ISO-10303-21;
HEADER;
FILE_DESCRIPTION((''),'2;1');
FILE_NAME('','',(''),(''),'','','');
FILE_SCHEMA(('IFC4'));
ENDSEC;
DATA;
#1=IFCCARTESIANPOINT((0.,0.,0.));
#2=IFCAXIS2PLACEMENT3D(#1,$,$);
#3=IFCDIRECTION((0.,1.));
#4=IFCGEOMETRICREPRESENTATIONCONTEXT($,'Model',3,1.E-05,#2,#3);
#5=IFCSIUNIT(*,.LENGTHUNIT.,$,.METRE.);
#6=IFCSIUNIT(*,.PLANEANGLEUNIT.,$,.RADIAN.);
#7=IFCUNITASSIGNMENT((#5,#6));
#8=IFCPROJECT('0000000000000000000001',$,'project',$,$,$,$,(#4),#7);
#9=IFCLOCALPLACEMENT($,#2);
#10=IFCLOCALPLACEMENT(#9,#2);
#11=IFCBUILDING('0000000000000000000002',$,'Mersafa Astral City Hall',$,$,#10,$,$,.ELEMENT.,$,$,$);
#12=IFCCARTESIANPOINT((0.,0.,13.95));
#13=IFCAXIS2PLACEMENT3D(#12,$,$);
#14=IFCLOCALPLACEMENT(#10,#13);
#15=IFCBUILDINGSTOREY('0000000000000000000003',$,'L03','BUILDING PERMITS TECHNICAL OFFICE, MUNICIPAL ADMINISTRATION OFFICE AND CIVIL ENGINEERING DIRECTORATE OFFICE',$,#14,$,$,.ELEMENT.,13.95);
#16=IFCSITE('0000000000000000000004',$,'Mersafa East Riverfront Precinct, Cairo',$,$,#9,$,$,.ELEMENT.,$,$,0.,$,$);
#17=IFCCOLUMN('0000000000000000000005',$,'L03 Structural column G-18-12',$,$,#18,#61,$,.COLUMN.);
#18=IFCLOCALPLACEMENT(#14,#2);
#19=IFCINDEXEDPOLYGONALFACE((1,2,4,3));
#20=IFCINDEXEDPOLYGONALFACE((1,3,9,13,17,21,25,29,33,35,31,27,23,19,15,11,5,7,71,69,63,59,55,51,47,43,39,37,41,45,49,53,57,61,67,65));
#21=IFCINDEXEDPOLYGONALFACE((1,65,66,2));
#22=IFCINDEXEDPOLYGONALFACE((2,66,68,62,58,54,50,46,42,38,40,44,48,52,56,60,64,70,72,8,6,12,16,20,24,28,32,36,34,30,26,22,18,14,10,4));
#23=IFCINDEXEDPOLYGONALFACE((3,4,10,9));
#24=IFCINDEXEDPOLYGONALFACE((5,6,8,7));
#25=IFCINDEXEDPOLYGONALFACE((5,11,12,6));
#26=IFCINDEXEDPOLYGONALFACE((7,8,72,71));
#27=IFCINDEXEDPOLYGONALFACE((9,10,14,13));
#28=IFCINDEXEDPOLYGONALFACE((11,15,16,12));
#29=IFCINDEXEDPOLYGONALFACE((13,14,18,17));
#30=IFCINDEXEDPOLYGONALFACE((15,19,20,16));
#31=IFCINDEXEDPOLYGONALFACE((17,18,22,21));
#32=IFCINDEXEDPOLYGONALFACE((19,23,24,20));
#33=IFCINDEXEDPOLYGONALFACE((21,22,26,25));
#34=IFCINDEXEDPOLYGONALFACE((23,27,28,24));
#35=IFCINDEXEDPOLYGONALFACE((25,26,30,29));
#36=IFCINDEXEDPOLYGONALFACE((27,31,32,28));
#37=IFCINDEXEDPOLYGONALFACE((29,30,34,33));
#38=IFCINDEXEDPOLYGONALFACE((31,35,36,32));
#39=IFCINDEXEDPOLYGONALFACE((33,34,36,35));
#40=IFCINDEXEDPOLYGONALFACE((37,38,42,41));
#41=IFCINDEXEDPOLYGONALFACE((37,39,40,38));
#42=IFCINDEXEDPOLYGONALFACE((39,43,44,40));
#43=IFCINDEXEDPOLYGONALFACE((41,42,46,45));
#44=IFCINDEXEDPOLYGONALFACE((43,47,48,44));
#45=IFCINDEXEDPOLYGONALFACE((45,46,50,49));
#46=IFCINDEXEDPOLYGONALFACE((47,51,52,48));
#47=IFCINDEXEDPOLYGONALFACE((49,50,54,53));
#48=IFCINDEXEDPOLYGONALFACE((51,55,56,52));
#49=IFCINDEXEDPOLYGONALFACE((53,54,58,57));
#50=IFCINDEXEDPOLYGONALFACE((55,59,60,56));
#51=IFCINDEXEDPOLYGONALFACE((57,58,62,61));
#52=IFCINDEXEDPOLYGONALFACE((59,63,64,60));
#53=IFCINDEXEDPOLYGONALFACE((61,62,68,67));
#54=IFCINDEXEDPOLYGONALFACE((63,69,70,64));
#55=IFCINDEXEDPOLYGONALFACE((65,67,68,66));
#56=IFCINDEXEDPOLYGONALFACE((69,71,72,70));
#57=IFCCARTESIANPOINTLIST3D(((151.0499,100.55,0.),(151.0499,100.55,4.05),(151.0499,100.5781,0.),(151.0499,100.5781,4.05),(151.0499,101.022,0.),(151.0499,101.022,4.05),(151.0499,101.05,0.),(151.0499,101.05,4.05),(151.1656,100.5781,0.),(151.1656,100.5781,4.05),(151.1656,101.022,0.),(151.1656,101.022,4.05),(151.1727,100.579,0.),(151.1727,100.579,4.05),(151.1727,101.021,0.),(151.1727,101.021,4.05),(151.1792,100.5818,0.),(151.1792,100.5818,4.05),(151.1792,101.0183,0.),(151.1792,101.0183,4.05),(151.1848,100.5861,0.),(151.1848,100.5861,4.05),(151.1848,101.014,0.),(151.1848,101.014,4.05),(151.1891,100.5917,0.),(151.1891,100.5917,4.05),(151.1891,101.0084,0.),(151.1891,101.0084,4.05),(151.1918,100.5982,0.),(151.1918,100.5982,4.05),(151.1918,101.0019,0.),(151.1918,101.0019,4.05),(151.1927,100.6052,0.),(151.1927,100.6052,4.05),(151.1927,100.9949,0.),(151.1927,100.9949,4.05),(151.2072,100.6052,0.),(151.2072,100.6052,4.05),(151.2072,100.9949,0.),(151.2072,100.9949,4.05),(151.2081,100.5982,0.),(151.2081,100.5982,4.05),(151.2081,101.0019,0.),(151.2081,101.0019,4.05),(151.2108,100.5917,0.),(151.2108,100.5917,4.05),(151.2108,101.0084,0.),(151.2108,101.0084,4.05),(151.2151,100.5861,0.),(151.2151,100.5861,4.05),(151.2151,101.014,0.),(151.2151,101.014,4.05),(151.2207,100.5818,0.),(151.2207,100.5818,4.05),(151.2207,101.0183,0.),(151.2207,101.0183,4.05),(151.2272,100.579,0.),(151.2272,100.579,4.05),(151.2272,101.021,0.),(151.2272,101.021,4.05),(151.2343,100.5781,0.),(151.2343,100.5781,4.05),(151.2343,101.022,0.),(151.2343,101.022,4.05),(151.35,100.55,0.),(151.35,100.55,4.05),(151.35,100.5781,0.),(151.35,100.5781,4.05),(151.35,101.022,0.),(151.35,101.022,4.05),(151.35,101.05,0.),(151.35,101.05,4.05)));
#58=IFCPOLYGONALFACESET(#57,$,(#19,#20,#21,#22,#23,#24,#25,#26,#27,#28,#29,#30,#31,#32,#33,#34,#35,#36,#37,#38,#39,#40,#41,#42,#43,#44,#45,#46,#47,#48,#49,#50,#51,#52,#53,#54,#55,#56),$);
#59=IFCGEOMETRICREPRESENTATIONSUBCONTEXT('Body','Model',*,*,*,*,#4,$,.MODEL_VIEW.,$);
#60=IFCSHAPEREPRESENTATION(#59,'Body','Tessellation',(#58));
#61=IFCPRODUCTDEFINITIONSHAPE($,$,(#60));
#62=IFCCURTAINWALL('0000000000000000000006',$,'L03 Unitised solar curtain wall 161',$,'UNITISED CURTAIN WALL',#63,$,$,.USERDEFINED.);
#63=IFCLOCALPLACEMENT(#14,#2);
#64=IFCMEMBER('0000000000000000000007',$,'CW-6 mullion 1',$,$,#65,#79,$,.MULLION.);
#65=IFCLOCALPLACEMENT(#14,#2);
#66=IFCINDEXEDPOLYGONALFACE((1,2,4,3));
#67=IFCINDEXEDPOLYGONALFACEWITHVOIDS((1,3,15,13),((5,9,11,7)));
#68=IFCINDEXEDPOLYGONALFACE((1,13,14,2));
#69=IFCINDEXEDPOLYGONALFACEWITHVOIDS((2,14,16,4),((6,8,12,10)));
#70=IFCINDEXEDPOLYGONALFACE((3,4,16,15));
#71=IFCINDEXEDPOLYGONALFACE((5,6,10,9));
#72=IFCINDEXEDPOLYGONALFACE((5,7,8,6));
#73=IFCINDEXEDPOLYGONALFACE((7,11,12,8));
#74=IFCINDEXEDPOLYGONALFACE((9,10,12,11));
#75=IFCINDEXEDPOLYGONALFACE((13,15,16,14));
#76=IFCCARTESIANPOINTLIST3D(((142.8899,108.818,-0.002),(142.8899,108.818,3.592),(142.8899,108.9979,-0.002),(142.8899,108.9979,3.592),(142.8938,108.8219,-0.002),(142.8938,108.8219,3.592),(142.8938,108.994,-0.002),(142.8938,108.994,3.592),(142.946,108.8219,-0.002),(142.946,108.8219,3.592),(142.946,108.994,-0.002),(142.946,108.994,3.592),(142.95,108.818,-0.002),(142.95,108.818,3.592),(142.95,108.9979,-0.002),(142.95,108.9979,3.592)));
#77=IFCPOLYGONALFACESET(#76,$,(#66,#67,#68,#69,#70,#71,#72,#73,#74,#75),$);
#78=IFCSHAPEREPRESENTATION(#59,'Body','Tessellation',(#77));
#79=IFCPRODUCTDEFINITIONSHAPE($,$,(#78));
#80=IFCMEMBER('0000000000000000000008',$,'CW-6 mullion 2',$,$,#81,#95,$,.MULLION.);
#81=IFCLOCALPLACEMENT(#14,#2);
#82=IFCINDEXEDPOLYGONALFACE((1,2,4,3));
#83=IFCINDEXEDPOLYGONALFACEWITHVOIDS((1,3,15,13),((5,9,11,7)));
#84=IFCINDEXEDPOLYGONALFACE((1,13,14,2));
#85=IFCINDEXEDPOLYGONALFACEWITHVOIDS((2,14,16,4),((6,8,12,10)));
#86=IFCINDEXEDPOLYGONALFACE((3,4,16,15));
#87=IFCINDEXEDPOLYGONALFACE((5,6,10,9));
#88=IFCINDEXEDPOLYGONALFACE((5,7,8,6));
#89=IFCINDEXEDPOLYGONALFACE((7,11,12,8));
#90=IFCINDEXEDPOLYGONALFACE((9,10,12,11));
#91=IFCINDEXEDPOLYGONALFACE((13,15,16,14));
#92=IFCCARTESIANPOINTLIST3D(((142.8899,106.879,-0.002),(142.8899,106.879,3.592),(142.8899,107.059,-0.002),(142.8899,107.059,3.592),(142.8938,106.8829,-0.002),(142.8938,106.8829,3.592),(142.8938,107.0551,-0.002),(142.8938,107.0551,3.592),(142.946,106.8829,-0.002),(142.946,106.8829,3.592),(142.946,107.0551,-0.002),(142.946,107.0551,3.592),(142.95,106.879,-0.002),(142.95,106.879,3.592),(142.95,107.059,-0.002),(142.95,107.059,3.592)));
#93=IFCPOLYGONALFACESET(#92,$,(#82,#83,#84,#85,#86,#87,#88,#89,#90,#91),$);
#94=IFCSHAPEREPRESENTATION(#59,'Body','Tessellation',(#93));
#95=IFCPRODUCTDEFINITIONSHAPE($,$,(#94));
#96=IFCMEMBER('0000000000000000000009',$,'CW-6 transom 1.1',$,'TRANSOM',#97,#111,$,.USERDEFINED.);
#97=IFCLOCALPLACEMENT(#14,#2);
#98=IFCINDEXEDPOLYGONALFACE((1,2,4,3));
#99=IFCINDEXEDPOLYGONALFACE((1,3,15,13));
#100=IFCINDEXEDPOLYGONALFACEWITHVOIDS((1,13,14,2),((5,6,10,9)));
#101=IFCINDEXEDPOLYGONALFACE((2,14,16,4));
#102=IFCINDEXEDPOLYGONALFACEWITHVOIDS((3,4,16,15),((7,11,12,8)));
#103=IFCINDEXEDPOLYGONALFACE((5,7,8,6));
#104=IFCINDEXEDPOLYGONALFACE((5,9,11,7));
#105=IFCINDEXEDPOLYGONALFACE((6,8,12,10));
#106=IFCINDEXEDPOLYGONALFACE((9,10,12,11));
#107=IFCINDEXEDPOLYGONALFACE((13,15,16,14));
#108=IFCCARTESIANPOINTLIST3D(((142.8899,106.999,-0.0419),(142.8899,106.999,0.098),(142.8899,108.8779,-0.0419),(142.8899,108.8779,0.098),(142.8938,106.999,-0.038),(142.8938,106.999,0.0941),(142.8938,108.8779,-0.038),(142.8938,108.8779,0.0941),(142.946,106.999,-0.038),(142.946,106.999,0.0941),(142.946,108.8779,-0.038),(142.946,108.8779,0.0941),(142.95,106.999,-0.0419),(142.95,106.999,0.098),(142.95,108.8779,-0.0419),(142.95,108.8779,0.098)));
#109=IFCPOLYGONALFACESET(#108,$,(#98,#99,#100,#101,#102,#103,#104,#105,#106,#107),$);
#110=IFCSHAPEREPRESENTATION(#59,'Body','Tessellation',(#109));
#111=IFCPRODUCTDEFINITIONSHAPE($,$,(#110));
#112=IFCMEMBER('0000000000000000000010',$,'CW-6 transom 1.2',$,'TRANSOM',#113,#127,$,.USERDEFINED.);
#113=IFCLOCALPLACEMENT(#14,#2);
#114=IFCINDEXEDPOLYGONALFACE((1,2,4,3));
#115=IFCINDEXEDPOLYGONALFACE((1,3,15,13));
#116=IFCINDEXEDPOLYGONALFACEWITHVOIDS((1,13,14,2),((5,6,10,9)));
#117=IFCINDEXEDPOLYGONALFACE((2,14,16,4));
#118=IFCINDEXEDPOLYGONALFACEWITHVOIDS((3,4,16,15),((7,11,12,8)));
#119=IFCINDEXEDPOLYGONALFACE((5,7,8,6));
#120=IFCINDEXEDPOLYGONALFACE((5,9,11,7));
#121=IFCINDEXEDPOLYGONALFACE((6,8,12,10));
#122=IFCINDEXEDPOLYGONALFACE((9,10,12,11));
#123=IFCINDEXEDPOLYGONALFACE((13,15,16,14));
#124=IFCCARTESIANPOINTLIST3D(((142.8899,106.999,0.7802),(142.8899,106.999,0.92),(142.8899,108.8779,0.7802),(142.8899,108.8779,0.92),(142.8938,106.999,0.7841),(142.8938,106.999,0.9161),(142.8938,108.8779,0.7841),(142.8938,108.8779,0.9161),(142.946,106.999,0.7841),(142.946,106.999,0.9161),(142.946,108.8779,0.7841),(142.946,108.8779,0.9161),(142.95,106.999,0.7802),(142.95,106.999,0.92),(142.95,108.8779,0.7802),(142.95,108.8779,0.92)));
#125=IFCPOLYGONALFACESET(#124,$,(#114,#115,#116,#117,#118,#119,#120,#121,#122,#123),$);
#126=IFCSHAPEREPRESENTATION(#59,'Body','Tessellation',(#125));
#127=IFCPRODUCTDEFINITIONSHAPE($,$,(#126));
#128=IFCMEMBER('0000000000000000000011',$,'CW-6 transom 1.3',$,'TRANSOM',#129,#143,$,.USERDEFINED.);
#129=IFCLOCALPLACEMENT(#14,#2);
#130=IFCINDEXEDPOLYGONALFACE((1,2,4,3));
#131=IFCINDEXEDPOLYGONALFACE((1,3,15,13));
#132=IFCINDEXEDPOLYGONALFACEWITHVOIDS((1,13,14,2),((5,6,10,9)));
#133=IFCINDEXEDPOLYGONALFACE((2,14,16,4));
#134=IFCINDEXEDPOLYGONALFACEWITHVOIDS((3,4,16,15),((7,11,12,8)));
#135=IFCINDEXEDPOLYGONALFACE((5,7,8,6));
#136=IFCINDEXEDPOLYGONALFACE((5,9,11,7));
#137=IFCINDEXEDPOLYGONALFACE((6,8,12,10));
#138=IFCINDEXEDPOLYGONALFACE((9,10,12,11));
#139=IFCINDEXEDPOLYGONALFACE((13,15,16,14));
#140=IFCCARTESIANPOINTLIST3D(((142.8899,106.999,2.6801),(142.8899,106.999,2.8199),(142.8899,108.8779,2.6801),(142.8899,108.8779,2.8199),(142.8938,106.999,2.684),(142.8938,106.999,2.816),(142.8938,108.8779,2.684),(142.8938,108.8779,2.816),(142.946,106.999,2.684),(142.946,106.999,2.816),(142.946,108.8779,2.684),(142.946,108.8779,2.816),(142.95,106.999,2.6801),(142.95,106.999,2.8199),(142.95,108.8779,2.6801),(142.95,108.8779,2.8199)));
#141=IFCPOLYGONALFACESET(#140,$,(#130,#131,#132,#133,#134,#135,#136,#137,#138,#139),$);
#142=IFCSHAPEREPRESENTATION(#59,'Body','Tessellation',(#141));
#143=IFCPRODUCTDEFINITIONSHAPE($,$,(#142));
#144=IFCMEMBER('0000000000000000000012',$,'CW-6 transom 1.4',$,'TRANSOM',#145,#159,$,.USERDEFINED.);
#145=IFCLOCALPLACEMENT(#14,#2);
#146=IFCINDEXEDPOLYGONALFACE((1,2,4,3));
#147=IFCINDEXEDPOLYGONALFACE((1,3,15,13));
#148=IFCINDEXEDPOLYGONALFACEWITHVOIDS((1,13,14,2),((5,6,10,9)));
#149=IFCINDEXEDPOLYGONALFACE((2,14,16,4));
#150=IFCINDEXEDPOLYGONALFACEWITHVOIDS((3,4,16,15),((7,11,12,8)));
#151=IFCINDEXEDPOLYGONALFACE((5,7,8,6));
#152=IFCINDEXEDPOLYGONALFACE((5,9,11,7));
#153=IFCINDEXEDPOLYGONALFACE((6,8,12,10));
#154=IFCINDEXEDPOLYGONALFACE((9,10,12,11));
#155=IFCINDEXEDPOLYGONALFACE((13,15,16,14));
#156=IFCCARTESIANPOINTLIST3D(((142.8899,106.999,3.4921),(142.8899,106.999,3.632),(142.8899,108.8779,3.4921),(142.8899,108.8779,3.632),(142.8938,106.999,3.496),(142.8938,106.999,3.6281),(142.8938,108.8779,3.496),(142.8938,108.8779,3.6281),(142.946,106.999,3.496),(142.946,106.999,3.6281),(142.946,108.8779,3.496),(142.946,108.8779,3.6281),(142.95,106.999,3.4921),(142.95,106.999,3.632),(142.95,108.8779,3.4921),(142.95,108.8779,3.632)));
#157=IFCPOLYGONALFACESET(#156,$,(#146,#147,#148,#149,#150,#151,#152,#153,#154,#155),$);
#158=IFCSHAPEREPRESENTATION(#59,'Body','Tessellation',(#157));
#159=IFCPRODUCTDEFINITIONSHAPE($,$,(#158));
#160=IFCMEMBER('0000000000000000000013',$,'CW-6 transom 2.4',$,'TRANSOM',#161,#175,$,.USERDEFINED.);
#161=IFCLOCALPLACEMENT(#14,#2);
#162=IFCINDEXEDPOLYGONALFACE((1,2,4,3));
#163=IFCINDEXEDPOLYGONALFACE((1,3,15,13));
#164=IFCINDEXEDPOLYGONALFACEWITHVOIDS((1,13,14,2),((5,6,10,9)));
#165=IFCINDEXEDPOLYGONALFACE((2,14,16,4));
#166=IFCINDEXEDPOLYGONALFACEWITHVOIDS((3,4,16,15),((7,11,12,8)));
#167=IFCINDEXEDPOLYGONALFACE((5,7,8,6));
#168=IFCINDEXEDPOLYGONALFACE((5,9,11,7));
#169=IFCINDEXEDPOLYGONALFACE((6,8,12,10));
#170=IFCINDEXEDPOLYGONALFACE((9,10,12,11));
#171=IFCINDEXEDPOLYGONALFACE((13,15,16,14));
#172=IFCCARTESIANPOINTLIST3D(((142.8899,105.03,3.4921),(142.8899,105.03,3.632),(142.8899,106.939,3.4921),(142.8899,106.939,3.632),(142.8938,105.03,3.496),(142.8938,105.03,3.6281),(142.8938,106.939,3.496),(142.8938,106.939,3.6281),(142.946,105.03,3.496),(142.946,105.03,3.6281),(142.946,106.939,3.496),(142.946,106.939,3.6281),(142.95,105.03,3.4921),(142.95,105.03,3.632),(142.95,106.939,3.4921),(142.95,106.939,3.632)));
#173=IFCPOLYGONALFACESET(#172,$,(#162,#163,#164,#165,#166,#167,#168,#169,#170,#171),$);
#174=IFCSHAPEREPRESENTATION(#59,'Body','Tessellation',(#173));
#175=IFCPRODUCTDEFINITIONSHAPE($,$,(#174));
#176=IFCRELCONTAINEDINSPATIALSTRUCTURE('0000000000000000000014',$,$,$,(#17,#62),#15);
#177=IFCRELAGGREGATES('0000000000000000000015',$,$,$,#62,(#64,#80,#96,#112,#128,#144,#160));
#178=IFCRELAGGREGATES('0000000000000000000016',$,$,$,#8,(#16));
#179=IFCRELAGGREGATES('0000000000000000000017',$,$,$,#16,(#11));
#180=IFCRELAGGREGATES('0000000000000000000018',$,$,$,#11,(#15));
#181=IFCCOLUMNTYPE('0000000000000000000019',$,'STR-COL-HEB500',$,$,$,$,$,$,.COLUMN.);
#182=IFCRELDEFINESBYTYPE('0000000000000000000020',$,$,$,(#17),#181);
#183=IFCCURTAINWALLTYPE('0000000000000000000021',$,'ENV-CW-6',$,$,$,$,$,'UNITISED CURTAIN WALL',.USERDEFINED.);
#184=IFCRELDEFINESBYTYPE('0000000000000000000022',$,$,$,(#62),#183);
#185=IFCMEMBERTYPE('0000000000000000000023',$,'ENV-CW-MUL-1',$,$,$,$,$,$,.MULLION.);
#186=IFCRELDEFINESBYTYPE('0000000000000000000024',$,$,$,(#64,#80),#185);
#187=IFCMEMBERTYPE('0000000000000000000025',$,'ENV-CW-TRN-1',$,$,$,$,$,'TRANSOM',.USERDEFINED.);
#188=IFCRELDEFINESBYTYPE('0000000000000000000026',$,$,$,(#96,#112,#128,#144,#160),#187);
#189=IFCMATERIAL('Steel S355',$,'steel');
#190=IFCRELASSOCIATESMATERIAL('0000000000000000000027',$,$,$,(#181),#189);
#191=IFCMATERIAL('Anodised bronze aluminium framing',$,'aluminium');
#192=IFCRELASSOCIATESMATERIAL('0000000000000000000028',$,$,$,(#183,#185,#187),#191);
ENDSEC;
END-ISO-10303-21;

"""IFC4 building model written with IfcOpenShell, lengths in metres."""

from ifc_helpers import new_model, si_unit, direction, frame, origin, origin_2d, place, context, subcontext, project, spatial, hollow_rectangle, i_section, extrude, material, material_profile, profile_set, type_object, element, aggregate, save


model = new_model("IFC4")

# Units and contexts
model_context = context("Model", 3, precision=1e-05, world=origin(), true_north=direction((0.0, 1.0)))
body_context = subcontext(model_context, "Body", "Model", "MODEL_VIEW")
ifc_project = project(units=[si_unit("LENGTHUNIT", "METRE"), si_unit("PLANEANGLEUNIT", "RADIAN")], contexts=[model_context])

# Site, building, storey
site_placement = place(None, origin())
site = spatial("IfcSite", under=ifc_project, at=site_placement, Name="Mersafa East Riverfront Precinct, Cairo", CompositionType="ELEMENT", RefElevation=0.0)
building_placement = place(site_placement, origin())
building = spatial("IfcBuilding", under=site, at=building_placement, Name="Mersafa Astral City Hall", CompositionType="ELEMENT")
storey_placement = place(building_placement, frame((0.0, 0.0, 13.95)))
storey = spatial("IfcBuildingStorey", under=building, at=storey_placement, Name="L03", Description="BUILDING PERMITS TECHNICAL OFFICE, MUNICIPAL ADMINISTRATION OFFICE AND CIVIL ENGINEERING DIRECTORATE OFFICE", CompositionType="ELEMENT", Elevation=13.95)

# Column
ifc_material_1 = material(Name="Steel S355", Category="steel")
ifc_material_profile_1 = material_profile(ifc_material_1, i_section(OverallWidth=0.3, OverallDepth=0.5, WebThickness=0.0144, FlangeThickness=0.0281, FilletRadius=0.0271, at=origin_2d()), Name="HEB 500")
ifc_profile_set_1 = profile_set([ifc_material_profile_1], Name="Steel S355")
column_type = type_object("IfcColumnType", Name="STR-COL-HEB500", PredefinedType="COLUMN", material=ifc_profile_set_1)
column_placement = place(storey_placement, frame((151.2, 100.8, 0.0), z_axis=(0.0, 0.0, 1.0), x_axis=(1.0, 0.0, 0.0)))
element("IfcColumn", 1, at=column_placement, inside=storey, type_object=column_type, Name="L03 Structural column G-18-12", PredefinedType="COLUMN", context=body_context, shape_type="SweptSolid", body=[
    extrude(i_section(OverallWidth=0.3, OverallDepth=0.5, WebThickness=0.0144, FlangeThickness=0.0281, FilletRadius=0.0271, at=origin_2d()), origin(), (0.0, 0.0, 1.0), 4.05),
])

# Curtain wall, members
ifc_material_2 = material(Name="Anodised bronze aluminium framing", Category="aluminium")
curtain_wall_type = type_object("IfcCurtainWallType", Name="ENV-CW-6", ElementType="UNITISED CURTAIN WALL", PredefinedType="USERDEFINED", material=ifc_material_2)
curtain_wall_placement = place(storey_placement, origin())
curtain_wall = element("IfcCurtainWall", 2, at=curtain_wall_placement, inside=storey, type_object=curtain_wall_type, Name="L03 Unitised solar curtain wall 161", ObjectType="UNITISED CURTAIN WALL", PredefinedType="USERDEFINED")
ifc_material_profile_2 = material_profile(ifc_material_2, hollow_rectangle(XDim=0.0601, YDim=0.1799, WallThickness=0.0039, at=origin_2d()), Name="RHS 60x180x4")
ifc_profile_set_2 = profile_set([ifc_material_profile_2], Name="Anodised bronze aluminium framing")
member_type_1 = type_object("IfcMemberType", Name="ENV-CW-MUL-1", PredefinedType="MULLION", material=ifc_profile_set_2)
member_1_placement = place(storey_placement, frame((142.9199, 108.908, -0.002), z_axis=(0.0, 0.0, 1.0), x_axis=(1.0, 0.0, 0.0)))
member_1 = element("IfcMember", 3, at=member_1_placement, type_object=member_type_1, Name="CW-6 mullion 1", PredefinedType="MULLION", context=body_context, shape_type="SweptSolid", body=[
    extrude(hollow_rectangle(XDim=0.0601, YDim=0.1799, WallThickness=0.0039, at=origin_2d()), origin(), (0.0, 0.0, 1.0), 3.594),
])
member_2_placement = place(storey_placement, frame((142.9199, 106.969, -0.002), z_axis=(0.0, 0.0, 1.0), x_axis=(1.0, 0.0, 0.0)))
member_2 = element("IfcMember", 4, at=member_2_placement, type_object=member_type_1, Name="CW-6 mullion 2", PredefinedType="MULLION", context=body_context, shape_type="SweptSolid", body=[
    extrude(hollow_rectangle(XDim=0.0601, YDim=0.1799, WallThickness=0.0039, at=origin_2d()), origin(), (0.0, 0.0, 1.0), 3.594),
])
ifc_material_profile_3 = material_profile(ifc_material_2, hollow_rectangle(XDim=0.0601, YDim=0.1399, WallThickness=0.0039, at=origin_2d()), Name="RHS 60x140x4")
ifc_profile_set_3 = profile_set([ifc_material_profile_3], Name="Anodised bronze aluminium framing")
member_type_2 = type_object("IfcMemberType", Name="ENV-CW-TRN-1", ElementType="TRANSOM", PredefinedType="USERDEFINED", material=ifc_profile_set_3)
member_3_placement = place(storey_placement, frame((142.9199, 108.8779, 0.0281), z_axis=(0.0, -1.0, 0.0), x_axis=(1.0, 0.0, 0.0)))
member_3 = element("IfcMember", 5, at=member_3_placement, type_object=member_type_2, Name="CW-6 transom 1.1", ObjectType="TRANSOM", PredefinedType="USERDEFINED", context=body_context, shape_type="SweptSolid", body=[
    extrude(hollow_rectangle(XDim=0.0601, YDim=0.1399, WallThickness=0.0039, at=origin_2d()), origin(), (0.0, 0.0, 1.0), 1.8789),
])
member_4_placement = place(storey_placement, frame((142.9199, 108.8779, 0.8501), z_axis=(0.0, -1.0, 0.0), x_axis=(1.0, 0.0, 0.0)))
member_4 = element("IfcMember", 6, at=member_4_placement, type_object=member_type_2, Name="CW-6 transom 1.2", ObjectType="TRANSOM", PredefinedType="USERDEFINED", context=body_context, shape_type="SweptSolid", body=[
    extrude(hollow_rectangle(XDim=0.0601, YDim=0.1399, WallThickness=0.0039, at=origin_2d()), origin(), (0.0, 0.0, 1.0), 1.8789),
])
member_5_placement = place(storey_placement, frame((142.9199, 108.8779, 2.75), z_axis=(0.0, -1.0, 0.0), x_axis=(1.0, 0.0, 0.0)))
member_5 = element("IfcMember", 7, at=member_5_placement, type_object=member_type_2, Name="CW-6 transom 1.3", ObjectType="TRANSOM", PredefinedType="USERDEFINED", context=body_context, shape_type="SweptSolid", body=[
    extrude(hollow_rectangle(XDim=0.0601, YDim=0.1399, WallThickness=0.0039, at=origin_2d()), origin(), (0.0, 0.0, 1.0), 1.8789),
])
member_6_placement = place(storey_placement, frame((142.9199, 108.8779, 3.562), z_axis=(0.0, -1.0, 0.0), x_axis=(1.0, 0.0, 0.0)))
member_6 = element("IfcMember", 8, at=member_6_placement, type_object=member_type_2, Name="CW-6 transom 1.4", ObjectType="TRANSOM", PredefinedType="USERDEFINED", context=body_context, shape_type="SweptSolid", body=[
    extrude(hollow_rectangle(XDim=0.0601, YDim=0.1399, WallThickness=0.0039, at=origin_2d()), origin(), (0.0, 0.0, 1.0), 1.8789),
])
member_7_placement = place(storey_placement, frame((142.9199, 106.939, 3.562), z_axis=(0.0, -1.0, 0.0), x_axis=(1.0, 0.0, 0.0)))
member_7 = element("IfcMember", 9, at=member_7_placement, type_object=member_type_2, Name="CW-6 transom 2.4", ObjectType="TRANSOM", PredefinedType="USERDEFINED", context=body_context, shape_type="SweptSolid", body=[
    extrude(hollow_rectangle(XDim=0.0601, YDim=0.1399, WallThickness=0.0039, at=origin_2d()), origin(), (0.0, 0.0, 1.0), 1.9089),
])

aggregate(curtain_wall, [member_1, member_2, member_3, member_4, member_5, member_6, member_7])

save(model, "model.ifc")
